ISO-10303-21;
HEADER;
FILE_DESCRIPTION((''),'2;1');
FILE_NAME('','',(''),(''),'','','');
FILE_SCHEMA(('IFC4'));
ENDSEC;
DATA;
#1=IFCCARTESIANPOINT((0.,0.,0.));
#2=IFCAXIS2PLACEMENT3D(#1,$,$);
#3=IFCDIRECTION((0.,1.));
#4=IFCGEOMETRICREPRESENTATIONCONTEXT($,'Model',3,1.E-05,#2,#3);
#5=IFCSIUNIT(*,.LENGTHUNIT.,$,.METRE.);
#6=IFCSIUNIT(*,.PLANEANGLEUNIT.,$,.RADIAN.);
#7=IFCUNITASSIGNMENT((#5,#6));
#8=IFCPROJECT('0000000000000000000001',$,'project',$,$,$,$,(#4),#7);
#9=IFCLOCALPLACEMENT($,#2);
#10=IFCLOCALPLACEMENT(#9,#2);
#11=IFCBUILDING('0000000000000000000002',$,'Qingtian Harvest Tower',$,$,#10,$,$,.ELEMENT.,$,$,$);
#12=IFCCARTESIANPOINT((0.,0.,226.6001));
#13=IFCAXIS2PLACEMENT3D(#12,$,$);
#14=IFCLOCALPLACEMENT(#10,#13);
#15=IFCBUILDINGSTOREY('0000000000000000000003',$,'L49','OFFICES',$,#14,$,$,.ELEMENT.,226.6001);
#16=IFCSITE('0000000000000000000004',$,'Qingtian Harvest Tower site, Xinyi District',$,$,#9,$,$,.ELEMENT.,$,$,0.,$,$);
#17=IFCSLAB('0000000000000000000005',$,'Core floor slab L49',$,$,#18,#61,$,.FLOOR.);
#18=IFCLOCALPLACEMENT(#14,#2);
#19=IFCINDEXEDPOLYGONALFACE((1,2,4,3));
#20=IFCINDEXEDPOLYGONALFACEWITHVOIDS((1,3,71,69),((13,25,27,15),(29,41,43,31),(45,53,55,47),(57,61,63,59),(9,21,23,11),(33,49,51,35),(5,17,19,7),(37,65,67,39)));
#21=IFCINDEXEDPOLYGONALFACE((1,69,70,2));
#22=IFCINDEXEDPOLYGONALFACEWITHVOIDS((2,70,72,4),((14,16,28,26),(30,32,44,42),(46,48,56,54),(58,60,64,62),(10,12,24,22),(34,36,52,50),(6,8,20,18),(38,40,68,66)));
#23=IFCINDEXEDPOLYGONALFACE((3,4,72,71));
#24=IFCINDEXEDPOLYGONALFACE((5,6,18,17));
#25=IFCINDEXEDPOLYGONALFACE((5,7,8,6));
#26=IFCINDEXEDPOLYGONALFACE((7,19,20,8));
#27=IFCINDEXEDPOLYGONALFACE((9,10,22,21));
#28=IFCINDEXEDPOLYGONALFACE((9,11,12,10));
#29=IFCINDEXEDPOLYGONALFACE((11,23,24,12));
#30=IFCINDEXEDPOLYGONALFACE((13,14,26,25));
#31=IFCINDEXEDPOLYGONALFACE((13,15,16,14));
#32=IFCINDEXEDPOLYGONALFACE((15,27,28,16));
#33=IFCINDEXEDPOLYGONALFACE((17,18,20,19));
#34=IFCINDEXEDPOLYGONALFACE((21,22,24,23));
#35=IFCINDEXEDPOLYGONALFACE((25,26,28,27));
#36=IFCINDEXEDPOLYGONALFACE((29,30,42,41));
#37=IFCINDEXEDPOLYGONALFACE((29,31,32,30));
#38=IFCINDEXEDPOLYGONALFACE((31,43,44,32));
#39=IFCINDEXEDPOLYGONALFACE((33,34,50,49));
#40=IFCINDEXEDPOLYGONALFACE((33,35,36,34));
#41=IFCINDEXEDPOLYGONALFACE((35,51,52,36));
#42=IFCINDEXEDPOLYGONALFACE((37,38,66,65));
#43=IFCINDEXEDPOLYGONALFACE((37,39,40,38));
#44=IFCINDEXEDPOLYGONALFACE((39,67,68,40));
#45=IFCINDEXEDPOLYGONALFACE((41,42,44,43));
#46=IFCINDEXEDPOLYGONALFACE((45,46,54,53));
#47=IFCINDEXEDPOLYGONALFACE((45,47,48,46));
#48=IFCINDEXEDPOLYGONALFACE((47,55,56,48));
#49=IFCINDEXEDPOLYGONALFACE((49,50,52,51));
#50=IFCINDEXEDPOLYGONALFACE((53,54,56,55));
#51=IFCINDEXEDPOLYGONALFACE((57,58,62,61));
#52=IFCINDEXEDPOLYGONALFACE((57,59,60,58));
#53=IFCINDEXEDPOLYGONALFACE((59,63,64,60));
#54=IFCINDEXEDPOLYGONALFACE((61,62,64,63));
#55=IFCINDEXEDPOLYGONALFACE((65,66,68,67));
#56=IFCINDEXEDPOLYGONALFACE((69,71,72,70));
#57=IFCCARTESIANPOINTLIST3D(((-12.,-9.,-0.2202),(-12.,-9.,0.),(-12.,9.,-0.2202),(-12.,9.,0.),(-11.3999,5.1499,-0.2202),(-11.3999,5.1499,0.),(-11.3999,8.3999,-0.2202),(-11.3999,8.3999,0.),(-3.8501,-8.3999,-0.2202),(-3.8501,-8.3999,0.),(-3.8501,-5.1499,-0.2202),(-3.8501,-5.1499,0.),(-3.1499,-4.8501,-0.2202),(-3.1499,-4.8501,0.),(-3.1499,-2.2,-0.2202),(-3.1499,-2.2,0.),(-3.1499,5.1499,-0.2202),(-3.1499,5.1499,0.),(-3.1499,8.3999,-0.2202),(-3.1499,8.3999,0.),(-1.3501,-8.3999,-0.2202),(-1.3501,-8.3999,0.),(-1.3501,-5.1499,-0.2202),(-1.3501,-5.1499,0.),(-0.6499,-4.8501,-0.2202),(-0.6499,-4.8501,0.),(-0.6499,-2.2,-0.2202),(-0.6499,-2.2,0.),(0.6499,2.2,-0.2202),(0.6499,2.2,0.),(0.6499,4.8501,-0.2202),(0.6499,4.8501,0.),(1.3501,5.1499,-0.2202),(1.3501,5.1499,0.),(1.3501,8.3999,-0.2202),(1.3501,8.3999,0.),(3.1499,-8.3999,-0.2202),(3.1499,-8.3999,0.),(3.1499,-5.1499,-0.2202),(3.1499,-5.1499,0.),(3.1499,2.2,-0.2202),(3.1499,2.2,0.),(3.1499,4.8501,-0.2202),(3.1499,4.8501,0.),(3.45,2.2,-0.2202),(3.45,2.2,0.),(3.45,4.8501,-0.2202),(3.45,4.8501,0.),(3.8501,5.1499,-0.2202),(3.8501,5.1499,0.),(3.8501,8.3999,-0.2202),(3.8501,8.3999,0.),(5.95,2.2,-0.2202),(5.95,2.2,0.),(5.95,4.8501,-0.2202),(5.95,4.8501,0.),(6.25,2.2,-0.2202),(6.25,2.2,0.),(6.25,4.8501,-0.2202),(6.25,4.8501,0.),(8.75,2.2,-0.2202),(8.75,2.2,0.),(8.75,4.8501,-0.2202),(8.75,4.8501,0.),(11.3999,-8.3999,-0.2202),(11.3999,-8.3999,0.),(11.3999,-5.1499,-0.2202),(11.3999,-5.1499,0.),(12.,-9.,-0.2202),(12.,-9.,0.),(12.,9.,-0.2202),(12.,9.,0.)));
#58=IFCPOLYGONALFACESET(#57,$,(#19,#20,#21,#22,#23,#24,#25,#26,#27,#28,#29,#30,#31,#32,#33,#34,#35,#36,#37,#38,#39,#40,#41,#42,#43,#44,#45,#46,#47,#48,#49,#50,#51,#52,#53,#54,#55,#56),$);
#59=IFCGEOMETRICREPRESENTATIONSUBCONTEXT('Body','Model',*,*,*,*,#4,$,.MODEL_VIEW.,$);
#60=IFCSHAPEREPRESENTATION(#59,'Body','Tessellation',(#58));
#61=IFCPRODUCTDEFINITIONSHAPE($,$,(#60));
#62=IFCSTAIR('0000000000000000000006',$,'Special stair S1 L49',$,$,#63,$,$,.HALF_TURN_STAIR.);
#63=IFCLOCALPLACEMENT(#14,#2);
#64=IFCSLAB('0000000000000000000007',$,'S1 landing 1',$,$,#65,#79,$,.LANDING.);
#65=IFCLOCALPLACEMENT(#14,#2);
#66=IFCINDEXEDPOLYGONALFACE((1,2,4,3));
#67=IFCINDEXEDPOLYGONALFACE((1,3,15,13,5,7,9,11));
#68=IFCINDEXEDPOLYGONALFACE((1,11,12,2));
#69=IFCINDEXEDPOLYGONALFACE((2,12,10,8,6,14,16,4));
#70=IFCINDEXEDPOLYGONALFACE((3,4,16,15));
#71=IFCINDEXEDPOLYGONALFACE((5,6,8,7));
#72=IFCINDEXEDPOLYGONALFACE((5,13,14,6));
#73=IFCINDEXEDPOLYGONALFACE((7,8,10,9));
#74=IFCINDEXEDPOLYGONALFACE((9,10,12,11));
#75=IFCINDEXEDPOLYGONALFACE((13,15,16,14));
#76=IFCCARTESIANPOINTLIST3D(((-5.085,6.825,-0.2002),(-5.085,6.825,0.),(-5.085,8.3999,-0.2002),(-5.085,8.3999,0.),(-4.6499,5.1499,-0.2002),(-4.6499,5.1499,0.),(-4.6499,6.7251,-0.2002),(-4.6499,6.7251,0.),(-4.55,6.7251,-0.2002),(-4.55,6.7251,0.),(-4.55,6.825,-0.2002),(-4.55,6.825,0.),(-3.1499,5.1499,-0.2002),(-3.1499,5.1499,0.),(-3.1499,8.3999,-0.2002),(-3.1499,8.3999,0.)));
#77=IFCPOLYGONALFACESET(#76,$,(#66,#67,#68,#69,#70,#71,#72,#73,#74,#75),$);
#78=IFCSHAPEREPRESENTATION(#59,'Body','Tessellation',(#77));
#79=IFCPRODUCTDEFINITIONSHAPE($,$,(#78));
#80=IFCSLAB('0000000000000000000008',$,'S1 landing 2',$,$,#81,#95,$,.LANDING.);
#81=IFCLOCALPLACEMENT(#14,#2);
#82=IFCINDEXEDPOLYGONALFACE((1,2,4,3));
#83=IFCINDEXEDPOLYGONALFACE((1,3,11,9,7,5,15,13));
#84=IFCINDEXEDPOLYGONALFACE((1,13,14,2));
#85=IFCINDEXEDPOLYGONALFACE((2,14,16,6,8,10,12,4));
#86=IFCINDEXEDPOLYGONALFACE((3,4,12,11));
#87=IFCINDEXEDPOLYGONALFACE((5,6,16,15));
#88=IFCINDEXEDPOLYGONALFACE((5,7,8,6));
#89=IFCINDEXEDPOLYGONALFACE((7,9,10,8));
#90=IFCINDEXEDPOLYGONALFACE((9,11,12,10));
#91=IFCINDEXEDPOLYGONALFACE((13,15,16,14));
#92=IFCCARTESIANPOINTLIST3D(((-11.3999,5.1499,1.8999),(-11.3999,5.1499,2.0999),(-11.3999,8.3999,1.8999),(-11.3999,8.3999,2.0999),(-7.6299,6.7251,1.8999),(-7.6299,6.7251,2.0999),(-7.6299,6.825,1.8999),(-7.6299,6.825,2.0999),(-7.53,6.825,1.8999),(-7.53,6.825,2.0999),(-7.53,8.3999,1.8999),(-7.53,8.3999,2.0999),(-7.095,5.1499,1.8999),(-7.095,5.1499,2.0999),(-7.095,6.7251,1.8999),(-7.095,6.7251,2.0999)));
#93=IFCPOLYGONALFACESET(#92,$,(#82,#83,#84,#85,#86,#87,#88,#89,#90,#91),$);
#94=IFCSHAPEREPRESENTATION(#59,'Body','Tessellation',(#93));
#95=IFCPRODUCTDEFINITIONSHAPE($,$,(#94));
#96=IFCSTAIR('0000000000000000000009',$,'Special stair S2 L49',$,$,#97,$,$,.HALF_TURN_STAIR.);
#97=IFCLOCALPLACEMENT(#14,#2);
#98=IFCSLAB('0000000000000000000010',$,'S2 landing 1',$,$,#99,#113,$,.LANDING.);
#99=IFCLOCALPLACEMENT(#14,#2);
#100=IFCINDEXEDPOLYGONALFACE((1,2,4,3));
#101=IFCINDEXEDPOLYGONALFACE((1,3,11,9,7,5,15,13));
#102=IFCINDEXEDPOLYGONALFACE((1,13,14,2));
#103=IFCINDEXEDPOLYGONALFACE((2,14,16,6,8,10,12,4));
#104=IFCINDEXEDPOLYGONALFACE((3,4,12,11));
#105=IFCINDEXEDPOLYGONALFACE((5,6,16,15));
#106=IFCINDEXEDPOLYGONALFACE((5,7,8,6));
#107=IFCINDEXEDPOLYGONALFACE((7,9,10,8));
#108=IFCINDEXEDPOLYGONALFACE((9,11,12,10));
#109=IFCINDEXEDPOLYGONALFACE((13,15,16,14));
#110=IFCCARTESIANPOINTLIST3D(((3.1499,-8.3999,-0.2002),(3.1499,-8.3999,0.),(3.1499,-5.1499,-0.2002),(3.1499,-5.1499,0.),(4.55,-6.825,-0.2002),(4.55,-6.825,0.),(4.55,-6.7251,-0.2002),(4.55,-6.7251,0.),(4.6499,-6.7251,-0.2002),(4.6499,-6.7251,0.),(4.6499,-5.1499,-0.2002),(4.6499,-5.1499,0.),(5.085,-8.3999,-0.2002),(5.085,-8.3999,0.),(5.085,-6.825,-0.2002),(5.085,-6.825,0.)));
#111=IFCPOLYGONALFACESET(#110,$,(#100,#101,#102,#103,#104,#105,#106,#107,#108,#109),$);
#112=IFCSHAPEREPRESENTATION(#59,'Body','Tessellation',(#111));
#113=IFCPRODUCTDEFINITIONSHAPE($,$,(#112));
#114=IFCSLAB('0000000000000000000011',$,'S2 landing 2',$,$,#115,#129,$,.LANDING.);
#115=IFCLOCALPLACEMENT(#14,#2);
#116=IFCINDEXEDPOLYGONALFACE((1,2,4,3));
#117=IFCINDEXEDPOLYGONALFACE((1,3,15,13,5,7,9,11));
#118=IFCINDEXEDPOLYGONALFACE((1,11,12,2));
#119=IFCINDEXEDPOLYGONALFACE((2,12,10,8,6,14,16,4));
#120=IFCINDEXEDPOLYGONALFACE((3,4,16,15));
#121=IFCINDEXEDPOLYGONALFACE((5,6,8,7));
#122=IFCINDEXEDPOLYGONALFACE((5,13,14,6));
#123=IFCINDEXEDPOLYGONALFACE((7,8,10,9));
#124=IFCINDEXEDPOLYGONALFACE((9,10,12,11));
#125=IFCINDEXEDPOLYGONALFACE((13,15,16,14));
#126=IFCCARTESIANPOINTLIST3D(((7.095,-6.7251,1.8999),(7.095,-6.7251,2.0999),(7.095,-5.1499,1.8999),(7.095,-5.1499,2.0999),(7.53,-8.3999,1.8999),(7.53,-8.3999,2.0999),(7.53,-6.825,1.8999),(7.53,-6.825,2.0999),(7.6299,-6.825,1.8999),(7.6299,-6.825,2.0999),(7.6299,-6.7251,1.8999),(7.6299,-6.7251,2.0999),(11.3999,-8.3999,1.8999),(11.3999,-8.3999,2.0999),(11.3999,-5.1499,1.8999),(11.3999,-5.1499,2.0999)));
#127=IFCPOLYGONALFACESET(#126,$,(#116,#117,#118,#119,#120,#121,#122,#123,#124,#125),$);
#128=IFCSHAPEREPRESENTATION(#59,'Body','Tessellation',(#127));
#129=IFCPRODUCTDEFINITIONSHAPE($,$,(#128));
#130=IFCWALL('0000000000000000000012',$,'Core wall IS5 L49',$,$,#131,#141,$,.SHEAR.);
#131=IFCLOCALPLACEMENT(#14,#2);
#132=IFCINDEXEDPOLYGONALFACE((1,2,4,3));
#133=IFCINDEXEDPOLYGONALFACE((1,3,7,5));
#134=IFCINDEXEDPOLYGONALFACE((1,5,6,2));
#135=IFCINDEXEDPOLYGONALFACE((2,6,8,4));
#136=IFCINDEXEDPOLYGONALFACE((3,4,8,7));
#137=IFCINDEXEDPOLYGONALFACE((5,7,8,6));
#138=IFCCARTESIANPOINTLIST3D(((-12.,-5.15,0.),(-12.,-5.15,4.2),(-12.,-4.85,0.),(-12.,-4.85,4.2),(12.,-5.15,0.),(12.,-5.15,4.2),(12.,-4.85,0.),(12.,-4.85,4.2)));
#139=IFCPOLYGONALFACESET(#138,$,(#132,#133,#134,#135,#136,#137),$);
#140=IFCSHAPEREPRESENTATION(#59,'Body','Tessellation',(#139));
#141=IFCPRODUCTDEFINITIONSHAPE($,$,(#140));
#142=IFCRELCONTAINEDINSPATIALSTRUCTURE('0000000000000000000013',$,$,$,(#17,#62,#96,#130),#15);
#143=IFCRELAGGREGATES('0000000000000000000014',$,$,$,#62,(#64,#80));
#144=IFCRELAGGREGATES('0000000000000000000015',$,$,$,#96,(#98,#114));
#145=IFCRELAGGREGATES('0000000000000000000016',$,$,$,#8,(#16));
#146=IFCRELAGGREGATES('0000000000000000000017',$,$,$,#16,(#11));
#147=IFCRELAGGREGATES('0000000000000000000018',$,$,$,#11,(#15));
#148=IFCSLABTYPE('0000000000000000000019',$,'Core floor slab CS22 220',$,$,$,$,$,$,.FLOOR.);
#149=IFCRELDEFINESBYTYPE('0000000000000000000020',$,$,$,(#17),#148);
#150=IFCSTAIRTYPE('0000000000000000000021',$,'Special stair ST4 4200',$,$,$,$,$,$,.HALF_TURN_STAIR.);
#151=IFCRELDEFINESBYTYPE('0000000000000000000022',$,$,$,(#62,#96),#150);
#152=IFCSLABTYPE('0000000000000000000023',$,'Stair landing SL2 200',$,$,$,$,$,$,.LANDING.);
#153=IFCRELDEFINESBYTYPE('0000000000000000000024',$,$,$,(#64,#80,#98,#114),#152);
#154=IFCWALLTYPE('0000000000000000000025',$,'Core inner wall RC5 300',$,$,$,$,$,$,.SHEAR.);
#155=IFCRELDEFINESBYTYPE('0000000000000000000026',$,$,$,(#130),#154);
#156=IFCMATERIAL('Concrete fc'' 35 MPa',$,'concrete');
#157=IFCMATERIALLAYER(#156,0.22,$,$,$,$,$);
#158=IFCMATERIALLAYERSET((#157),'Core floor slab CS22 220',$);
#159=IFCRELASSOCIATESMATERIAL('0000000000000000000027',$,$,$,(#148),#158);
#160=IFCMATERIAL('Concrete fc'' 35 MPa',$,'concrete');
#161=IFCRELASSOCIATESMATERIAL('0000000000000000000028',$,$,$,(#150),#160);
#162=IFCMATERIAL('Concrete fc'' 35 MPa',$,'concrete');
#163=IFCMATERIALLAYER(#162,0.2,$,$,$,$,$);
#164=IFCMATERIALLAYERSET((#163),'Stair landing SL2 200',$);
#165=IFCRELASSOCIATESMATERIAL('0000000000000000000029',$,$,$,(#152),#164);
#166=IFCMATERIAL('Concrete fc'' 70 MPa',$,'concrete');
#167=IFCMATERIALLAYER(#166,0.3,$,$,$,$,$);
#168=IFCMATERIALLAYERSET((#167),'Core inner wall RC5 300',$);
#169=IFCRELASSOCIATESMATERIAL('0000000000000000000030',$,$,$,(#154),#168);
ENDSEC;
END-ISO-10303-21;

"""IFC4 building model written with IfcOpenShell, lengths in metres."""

from ifc_helpers import new_model, si_unit, direction, frame, frame_2d, origin, place, context, subcontext, project, spatial, polyline, rectangle, outline, extrude, material, layer, layer_set, type_object, element, aggregate, save


model = new_model("IFC4")

# Units and contexts
model_context = context("Model", 3, precision=1e-05, world=origin(), true_north=direction((0.0, 1.0)))
body_context = subcontext(model_context, "Body", "Model", "MODEL_VIEW")
ifc_project = project(units=[si_unit("LENGTHUNIT", "METRE"), si_unit("PLANEANGLEUNIT", "RADIAN")], contexts=[model_context])

# Site, building, storey
site_placement = place(None, origin())
site = spatial("IfcSite", under=ifc_project, at=site_placement, Name="Qingtian Harvest Tower site, Xinyi District", CompositionType="ELEMENT", RefElevation=0.0)
building_placement = place(site_placement, origin())
building = spatial("IfcBuilding", under=site, at=building_placement, Name="Qingtian Harvest Tower", CompositionType="ELEMENT")
storey_placement = place(building_placement, frame((0.0, 0.0, 226.6001)))
storey = spatial("IfcBuildingStorey", under=building, at=storey_placement, Name="L49", Description="OFFICES", CompositionType="ELEMENT", Elevation=226.6001)

# Slab
ifc_material_1 = material(Name="Concrete fc' 35 MPa", Category="concrete")
ifc_layer_1 = layer(ifc_material_1, 0.22)
ifc_layer_set_1 = layer_set([ifc_layer_1], Name="Core floor slab CS22 220")
slab_type_1 = type_object("IfcSlabType", Name="Core floor slab CS22 220", PredefinedType="FLOOR", material=ifc_layer_set_1)
slab_1_placement = place(storey_placement, frame((0.0, 0.0, -0.2202)))
element("IfcSlab", 1, at=slab_1_placement, inside=storey, type_object=slab_type_1, Name="Core floor slab L49", PredefinedType="FLOOR", context=body_context, shape_type="SweptSolid", body=[
    extrude(outline(polyline([(-12.0, -9.0), (12.0, -9.0), (12.0, 9.0), (-12.0, 9.0), (-12.0, -9.0)]), holes=[polyline([(-11.3999, 5.1499), (-3.1499, 5.1499), (-3.1499, 8.3999), (-11.3999, 8.3999), (-11.3999, 5.1499)]), polyline([(3.1499, -8.3999), (11.3999, -8.3999), (11.3999, -5.1499), (3.1499, -5.1499), (3.1499, -8.3999)]), polyline([(1.3501, 5.1499), (3.8501, 5.1499), (3.8501, 8.3999), (1.3501, 8.3999), (1.3501, 5.1499)]), polyline([(-3.8501, -8.3999), (-1.3501, -8.3999), (-1.3501, -5.1499), (-3.8501, -5.1499), (-3.8501, -8.3999)]), polyline([(0.6499, 2.2), (3.1499, 2.2), (3.1499, 4.8501), (0.6499, 4.8501), (0.6499, 2.2)]), polyline([(3.45, 2.2), (5.95, 2.2), (5.95, 4.8501), (3.45, 4.8501), (3.45, 2.2)]), polyline([(6.25, 2.2), (8.75, 2.2), (8.75, 4.8501), (6.25, 4.8501), (6.25, 2.2)]), polyline([(-3.1499, -4.8501), (-0.6499, -4.8501), (-0.6499, -2.2), (-3.1499, -2.2), (-3.1499, -4.8501)])]), origin(), (0.0, 0.0, 1.0), 0.2202),
])

# Stairs, slabs
ifc_material_2 = material(Name="Concrete fc' 35 MPa", Category="concrete")
stair_type = type_object("IfcStairType", Name="Special stair ST4 4200", PredefinedType="HALF_TURN_STAIR", material=ifc_material_2)
stair_1_placement = place(storey_placement, origin())
stair_1 = element("IfcStair", 2, at=stair_1_placement, inside=storey, type_object=stair_type, Name="Special stair S1 L49", PredefinedType="HALF_TURN_STAIR")
ifc_material_3 = material(Name="Concrete fc' 35 MPa", Category="concrete")
ifc_layer_2 = layer(ifc_material_3, 0.2)
ifc_layer_set_2 = layer_set([ifc_layer_2], Name="Stair landing SL2 200")
slab_type_2 = type_object("IfcSlabType", Name="Stair landing SL2 200", PredefinedType="LANDING", material=ifc_layer_set_2)
slab_2_placement = place(storey_placement, frame((0.0, 0.0, -0.2002)))
slab_2 = element("IfcSlab", 3, at=slab_2_placement, type_object=slab_type_2, Name="S1 landing 1", PredefinedType="LANDING", context=body_context, shape_type="SweptSolid", body=[
    extrude(outline(polyline([(-4.6499, 5.1499), (-4.6499, 6.7251), (-4.55, 6.7251), (-4.55, 6.825), (-5.085, 6.825), (-5.085, 8.3999), (-3.1499, 8.3999), (-3.1499, 5.1499), (-4.6499, 5.1499)])), origin(), (0.0, 0.0, 1.0), 0.2002),
])
slab_3_placement = place(storey_placement, frame((0.0, 0.0, 1.8999)))
slab_3 = element("IfcSlab", 4, at=slab_3_placement, type_object=slab_type_2, Name="S1 landing 2", PredefinedType="LANDING", context=body_context, shape_type="SweptSolid", body=[
    extrude(outline(polyline([(-7.095, 5.1499), (-11.3999, 5.1499), (-11.3999, 8.3999), (-7.53, 8.3999), (-7.53, 6.825), (-7.6299, 6.825), (-7.6299, 6.7251), (-7.095, 6.7251), (-7.095, 5.1499)])), origin(), (0.0, 0.0, 1.0), 0.2),
])
aggregate(stair_1, [slab_2, slab_3])
stair_2_placement = place(storey_placement, origin())
stair_2 = element("IfcStair", 5, at=stair_2_placement, inside=storey, type_object=stair_type, Name="Special stair S2 L49", PredefinedType="HALF_TURN_STAIR")
slab_4_placement = place(storey_placement, frame((0.0, 0.0, -0.2002)))
slab_4 = element("IfcSlab", 6, at=slab_4_placement, type_object=slab_type_2, Name="S2 landing 1", PredefinedType="LANDING", context=body_context, shape_type="SweptSolid", body=[
    extrude(outline(polyline([(5.085, -8.3999), (3.1499, -8.3999), (3.1499, -5.1499), (4.6499, -5.1499), (4.6499, -6.7251), (4.55, -6.7251), (4.55, -6.825), (5.085, -6.825), (5.085, -8.3999)])), origin(), (0.0, 0.0, 1.0), 0.2002),
])
slab_5_placement = place(storey_placement, frame((0.0, 0.0, 1.8999)))
slab_5 = element("IfcSlab", 7, at=slab_5_placement, type_object=slab_type_2, Name="S2 landing 2", PredefinedType="LANDING", context=body_context, shape_type="SweptSolid", body=[
    extrude(outline(polyline([(7.53, -8.3999), (7.53, -6.825), (7.6299, -6.825), (7.6299, -6.7251), (7.095, -6.7251), (7.095, -5.1499), (11.3999, -5.1499), (11.3999, -8.3999), (7.53, -8.3999)])), origin(), (0.0, 0.0, 1.0), 0.2),
])
aggregate(stair_2, [slab_4, slab_5])

# Wall
ifc_material_4 = material(Name="Concrete fc' 70 MPa", Category="concrete")
ifc_layer_3 = layer(ifc_material_4, 0.3)
ifc_layer_set_3 = layer_set([ifc_layer_3], Name="Core inner wall RC5 300")
wall_type_1 = type_object("IfcWallType", Name="Core inner wall RC5 300", PredefinedType="SHEAR", material=ifc_layer_set_3)
wall_1_placement = place(storey_placement, frame((-12.0, -5.0, 0.0), z_axis=(0.0, 0.0, 1.0), x_axis=(1.0, 0.0, 0.0)))
element("IfcWall", 8, at=wall_1_placement, inside=storey, type_object=wall_type_1, Name="Core wall IS5 L49", PredefinedType="SHEAR", context=body_context, shape_type="SweptSolid", body=[
    extrude(rectangle(XDim=24.0, YDim=0.3, at=frame_2d((12.0, 0.0))), origin(), (0.0, 0.0, 1.0), 4.2),
])

save(model, "model.ifc")
